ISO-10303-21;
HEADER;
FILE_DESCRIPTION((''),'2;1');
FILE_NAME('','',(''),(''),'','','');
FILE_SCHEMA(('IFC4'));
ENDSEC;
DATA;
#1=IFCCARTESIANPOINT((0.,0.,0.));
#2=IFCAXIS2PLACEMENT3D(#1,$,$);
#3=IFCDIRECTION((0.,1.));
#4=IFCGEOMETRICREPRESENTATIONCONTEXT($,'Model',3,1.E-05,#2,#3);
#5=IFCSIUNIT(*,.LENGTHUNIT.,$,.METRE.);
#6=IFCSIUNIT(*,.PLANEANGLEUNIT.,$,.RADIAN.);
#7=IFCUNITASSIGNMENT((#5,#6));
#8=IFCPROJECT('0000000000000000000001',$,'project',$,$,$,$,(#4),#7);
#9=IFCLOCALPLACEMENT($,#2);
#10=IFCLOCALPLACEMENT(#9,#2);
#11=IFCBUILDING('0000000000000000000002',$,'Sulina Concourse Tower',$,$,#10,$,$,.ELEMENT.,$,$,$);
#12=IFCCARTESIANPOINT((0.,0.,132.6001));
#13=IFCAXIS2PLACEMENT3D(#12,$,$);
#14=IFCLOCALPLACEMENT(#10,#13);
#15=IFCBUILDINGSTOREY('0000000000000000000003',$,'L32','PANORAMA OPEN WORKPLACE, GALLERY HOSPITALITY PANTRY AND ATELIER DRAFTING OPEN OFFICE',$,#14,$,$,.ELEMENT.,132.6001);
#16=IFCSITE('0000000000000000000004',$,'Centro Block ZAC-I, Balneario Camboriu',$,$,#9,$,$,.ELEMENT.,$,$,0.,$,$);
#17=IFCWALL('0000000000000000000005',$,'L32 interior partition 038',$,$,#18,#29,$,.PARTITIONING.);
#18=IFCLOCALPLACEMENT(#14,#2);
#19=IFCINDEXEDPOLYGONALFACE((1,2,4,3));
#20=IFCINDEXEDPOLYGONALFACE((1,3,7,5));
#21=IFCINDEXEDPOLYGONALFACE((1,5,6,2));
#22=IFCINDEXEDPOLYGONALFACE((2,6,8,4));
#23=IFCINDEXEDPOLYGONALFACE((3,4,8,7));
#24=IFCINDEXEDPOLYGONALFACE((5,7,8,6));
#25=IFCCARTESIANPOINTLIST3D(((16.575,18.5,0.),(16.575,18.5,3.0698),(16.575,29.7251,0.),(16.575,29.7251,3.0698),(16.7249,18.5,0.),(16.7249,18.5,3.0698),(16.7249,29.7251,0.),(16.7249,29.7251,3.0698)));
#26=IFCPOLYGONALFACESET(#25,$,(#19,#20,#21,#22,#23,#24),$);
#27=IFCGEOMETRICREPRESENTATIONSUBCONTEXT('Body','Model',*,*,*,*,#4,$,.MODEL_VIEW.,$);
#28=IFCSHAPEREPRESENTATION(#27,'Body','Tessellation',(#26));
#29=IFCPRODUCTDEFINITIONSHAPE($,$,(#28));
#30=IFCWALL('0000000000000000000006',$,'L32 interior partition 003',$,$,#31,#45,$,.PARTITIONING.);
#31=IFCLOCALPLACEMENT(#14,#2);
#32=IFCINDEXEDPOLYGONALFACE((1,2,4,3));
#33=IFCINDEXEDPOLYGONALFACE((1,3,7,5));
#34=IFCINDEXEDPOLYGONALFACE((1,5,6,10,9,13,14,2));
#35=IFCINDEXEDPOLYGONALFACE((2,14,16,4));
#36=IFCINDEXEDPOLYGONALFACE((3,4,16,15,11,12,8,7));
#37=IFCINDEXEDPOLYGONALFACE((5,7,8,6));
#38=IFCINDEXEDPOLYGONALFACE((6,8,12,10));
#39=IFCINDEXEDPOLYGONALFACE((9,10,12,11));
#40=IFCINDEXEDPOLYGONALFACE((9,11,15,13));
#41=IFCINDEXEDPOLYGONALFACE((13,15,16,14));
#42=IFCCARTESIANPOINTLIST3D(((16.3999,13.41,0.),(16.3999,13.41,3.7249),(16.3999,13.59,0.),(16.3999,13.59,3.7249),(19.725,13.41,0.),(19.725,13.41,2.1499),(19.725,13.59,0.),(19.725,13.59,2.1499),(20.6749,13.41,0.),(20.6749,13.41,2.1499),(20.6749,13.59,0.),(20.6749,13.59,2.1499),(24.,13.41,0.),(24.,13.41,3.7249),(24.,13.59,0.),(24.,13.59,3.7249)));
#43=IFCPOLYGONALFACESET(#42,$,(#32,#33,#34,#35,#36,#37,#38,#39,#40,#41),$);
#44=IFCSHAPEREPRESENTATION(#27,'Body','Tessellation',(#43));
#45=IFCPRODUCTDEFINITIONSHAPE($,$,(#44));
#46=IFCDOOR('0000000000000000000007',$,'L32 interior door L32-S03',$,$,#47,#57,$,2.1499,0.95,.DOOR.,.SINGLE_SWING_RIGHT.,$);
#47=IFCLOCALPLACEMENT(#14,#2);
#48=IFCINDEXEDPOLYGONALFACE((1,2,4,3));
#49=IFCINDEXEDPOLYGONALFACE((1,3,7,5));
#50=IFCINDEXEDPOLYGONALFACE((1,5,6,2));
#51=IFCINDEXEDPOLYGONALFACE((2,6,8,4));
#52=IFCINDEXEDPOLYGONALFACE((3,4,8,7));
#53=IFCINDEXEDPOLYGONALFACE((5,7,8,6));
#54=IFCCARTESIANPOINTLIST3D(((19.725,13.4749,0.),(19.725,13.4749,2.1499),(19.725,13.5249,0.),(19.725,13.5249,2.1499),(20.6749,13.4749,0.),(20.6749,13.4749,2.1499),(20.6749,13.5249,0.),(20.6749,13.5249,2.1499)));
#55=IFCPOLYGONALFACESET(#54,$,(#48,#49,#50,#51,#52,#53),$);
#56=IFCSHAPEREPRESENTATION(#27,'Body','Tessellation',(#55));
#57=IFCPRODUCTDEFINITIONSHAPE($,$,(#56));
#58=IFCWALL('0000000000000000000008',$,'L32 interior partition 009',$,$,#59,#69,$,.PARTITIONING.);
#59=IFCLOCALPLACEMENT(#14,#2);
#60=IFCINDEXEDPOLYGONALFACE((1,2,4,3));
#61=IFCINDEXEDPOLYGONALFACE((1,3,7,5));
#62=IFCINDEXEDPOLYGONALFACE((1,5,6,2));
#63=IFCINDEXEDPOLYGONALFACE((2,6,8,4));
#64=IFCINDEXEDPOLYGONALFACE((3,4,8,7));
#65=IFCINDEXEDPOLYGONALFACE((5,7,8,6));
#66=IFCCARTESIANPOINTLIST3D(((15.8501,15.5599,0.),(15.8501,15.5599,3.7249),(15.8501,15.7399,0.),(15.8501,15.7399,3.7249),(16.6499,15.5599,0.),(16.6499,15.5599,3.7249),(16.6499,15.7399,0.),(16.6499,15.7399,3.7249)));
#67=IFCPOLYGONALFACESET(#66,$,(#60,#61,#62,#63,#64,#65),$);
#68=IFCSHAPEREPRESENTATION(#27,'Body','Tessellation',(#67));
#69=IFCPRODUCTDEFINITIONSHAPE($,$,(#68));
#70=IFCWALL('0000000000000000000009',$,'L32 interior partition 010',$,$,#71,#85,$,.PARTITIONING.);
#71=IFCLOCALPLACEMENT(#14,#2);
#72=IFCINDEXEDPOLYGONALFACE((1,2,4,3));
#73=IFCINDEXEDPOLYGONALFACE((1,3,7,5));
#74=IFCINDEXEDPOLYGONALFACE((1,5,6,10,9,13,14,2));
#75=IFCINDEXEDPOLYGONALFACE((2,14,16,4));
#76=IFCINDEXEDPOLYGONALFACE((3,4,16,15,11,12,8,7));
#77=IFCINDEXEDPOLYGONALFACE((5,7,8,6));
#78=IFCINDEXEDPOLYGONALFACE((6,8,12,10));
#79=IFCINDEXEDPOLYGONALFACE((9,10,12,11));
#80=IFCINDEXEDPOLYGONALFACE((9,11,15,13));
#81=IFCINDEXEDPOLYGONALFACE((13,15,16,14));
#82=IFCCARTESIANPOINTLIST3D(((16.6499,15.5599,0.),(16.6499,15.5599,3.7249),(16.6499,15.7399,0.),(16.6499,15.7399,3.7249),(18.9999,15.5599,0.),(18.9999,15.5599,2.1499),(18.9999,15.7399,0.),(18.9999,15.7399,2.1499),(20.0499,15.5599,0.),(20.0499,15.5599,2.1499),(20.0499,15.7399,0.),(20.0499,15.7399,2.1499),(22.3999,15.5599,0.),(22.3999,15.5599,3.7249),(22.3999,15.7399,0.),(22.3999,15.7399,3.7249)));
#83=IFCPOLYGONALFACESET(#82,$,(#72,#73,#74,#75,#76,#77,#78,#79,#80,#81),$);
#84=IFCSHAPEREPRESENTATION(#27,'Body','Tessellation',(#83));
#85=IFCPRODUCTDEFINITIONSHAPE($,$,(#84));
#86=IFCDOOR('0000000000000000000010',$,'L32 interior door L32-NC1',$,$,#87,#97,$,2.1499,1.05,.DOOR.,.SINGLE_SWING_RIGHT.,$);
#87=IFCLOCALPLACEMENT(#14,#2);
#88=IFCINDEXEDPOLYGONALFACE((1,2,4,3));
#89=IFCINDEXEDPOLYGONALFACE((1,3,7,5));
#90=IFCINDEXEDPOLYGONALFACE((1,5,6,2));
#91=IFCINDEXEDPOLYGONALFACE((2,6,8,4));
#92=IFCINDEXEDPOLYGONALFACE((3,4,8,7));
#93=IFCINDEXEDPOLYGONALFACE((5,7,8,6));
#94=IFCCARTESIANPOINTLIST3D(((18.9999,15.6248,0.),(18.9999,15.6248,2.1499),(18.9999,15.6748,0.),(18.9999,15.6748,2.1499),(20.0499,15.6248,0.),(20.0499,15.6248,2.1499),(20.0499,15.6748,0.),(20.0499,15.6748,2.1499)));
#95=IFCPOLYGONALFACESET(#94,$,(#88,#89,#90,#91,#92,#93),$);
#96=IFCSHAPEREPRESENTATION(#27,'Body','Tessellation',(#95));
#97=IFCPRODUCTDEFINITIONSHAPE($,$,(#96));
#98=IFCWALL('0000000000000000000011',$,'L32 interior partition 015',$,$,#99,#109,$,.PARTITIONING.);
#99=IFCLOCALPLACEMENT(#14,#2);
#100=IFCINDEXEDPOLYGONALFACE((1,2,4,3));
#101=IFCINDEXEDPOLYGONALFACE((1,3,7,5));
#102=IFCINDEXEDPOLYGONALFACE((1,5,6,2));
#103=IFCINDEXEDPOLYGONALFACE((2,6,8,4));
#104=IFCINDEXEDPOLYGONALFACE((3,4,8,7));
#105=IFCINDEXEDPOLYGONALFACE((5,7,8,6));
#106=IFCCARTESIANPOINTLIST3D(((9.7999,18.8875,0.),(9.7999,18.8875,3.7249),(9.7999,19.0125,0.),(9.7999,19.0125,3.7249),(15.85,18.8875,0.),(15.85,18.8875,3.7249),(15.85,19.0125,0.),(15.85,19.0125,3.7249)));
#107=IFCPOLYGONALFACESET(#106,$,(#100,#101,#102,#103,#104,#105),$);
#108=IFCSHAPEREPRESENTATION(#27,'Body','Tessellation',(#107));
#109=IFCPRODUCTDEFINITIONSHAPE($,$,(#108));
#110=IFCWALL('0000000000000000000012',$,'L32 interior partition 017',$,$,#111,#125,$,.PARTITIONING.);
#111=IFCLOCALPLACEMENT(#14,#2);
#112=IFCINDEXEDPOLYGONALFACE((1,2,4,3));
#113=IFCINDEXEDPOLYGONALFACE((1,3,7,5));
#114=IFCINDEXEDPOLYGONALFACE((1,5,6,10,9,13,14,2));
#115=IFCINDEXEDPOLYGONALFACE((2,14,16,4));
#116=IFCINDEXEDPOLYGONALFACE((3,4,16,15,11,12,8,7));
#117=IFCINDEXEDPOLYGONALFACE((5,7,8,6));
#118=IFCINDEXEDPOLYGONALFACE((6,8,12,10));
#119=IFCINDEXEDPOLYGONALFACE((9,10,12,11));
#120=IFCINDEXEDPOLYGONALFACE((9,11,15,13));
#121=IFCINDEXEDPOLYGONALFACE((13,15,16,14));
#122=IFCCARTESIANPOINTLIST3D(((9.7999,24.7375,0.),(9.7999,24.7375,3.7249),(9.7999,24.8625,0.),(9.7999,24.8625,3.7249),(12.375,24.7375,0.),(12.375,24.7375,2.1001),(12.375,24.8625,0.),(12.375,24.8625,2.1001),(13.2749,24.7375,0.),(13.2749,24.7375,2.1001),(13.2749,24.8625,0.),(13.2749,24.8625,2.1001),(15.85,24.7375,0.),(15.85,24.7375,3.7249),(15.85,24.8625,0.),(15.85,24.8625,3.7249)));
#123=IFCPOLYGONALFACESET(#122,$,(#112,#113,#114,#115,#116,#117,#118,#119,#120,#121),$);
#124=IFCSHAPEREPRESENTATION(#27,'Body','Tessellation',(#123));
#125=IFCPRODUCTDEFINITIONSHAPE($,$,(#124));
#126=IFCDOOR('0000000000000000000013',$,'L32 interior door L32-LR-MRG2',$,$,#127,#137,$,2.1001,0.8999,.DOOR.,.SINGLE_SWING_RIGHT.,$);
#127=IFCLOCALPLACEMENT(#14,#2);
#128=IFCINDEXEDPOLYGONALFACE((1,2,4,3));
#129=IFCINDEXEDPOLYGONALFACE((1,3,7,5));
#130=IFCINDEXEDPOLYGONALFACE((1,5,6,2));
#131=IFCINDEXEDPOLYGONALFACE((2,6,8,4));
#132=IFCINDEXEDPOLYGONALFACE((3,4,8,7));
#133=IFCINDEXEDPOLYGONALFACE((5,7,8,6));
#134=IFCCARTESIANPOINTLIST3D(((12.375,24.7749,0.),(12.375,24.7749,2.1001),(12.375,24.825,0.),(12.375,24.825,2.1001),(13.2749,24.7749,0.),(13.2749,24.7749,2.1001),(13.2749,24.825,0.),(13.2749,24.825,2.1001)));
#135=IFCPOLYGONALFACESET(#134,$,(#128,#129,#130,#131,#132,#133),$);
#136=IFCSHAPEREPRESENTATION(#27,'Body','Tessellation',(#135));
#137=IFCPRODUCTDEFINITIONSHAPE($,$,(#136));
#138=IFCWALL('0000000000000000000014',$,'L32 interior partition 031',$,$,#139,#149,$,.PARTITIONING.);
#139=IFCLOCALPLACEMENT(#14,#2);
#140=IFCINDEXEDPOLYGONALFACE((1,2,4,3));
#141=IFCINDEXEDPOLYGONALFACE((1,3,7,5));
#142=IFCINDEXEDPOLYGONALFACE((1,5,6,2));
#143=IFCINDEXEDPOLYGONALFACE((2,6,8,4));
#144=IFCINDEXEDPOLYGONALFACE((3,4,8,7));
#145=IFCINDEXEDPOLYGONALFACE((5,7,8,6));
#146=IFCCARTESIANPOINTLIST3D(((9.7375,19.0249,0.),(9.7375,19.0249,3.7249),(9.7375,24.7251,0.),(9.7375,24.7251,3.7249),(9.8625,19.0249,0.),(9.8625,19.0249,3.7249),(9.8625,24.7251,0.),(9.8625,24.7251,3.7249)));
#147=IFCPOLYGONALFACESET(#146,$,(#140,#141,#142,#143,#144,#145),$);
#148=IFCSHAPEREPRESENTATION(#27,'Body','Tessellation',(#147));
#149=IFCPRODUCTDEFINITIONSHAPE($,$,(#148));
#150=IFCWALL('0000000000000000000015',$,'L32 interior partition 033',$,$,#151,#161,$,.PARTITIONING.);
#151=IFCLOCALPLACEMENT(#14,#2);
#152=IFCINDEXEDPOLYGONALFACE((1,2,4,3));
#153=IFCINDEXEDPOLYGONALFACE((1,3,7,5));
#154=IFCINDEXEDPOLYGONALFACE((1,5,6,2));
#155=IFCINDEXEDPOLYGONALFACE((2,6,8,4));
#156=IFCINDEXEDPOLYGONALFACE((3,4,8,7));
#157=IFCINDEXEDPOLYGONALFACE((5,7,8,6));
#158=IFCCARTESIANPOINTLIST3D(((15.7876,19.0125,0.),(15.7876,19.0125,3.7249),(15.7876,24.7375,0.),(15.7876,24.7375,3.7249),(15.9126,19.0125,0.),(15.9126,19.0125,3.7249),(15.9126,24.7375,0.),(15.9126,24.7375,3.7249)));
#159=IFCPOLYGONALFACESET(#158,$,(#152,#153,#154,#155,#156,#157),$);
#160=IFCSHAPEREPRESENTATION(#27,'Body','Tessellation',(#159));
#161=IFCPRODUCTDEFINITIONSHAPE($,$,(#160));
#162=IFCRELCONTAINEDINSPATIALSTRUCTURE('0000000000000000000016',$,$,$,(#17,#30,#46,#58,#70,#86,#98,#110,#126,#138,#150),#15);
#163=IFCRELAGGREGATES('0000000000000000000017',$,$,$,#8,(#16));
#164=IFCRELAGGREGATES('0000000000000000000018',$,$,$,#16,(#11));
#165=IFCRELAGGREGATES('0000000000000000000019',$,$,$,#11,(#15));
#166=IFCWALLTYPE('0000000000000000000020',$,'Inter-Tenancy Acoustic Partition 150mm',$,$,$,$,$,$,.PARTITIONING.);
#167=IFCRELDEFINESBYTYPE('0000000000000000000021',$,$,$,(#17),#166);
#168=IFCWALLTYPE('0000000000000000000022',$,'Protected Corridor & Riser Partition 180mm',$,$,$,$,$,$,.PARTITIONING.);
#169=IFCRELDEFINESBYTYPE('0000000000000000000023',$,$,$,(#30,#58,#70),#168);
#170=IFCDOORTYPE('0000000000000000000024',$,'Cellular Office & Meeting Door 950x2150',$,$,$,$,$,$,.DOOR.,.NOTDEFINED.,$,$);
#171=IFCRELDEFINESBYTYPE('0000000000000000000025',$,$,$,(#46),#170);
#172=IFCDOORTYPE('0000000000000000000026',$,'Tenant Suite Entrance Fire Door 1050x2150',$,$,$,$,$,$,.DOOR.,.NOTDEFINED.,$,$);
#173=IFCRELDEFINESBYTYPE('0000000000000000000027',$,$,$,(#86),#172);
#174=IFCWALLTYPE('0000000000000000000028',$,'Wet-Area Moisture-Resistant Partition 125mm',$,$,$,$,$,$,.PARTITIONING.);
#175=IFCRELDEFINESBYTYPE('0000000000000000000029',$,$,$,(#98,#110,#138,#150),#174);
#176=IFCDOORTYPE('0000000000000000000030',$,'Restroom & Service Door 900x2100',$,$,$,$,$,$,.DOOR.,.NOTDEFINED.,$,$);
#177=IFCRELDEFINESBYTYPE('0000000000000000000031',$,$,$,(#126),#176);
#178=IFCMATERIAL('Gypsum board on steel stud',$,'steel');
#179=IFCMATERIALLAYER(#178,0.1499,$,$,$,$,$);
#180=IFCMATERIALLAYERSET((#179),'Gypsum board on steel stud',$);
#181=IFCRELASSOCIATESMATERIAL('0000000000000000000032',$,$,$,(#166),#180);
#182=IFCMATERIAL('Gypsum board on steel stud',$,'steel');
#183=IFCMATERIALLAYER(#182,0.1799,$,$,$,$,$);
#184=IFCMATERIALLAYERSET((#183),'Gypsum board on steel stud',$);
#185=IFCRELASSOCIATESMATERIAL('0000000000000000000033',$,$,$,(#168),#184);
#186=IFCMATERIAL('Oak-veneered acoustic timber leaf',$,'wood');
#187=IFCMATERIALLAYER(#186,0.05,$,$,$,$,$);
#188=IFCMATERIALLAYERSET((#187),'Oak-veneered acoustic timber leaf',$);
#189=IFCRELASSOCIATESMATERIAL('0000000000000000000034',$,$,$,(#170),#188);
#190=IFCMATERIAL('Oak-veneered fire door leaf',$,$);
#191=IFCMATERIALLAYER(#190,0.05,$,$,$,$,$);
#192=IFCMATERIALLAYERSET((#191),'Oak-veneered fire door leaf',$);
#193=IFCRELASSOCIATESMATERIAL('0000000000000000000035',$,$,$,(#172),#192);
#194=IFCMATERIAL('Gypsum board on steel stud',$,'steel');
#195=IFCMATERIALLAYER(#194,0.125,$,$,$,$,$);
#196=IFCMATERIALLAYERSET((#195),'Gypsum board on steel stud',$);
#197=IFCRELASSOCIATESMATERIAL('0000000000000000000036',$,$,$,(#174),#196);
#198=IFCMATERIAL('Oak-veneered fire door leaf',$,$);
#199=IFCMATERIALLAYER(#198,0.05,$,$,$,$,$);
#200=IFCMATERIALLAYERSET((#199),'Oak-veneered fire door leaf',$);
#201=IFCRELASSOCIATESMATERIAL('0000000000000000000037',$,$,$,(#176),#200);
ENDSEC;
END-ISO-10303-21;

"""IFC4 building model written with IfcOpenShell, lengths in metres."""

from ifc_helpers import new_model, si_unit, direction, frame, frame_2d, origin, place, context, subcontext, project, spatial, rectangle, extrude, material, layer, layer_set, type_object, element, fill, save


model = new_model("IFC4")

# Units and contexts
model_context = context("Model", 3, precision=1e-05, world=origin(), true_north=direction((0.0, 1.0)))
body_context = subcontext(model_context, "Body", "Model", "MODEL_VIEW")
ifc_project = project(units=[si_unit("LENGTHUNIT", "METRE"), si_unit("PLANEANGLEUNIT", "RADIAN")], contexts=[model_context])

# Site, building, storey
site_placement = place(None, origin())
site = spatial("IfcSite", under=ifc_project, at=site_placement, Name="Centro Block ZAC-I, Balneario Camboriu", CompositionType="ELEMENT", RefElevation=0.0)
building_placement = place(site_placement, origin())
building = spatial("IfcBuilding", under=site, at=building_placement, Name="Sulina Concourse Tower", CompositionType="ELEMENT")
storey_placement = place(building_placement, frame((0.0, 0.0, 132.6001)))
storey = spatial("IfcBuildingStorey", under=building, at=storey_placement, Name="L32", Description="PANORAMA OPEN WORKPLACE, GALLERY HOSPITALITY PANTRY AND ATELIER DRAFTING OPEN OFFICE", CompositionType="ELEMENT", Elevation=132.6001)

# Wall
ifc_material_1 = material(Name="Gypsum board on steel stud", Category="steel")
ifc_layer_1 = layer(ifc_material_1, 0.1499)
ifc_layer_set_1 = layer_set([ifc_layer_1], Name="Gypsum board on steel stud")
wall_type_1 = type_object("IfcWallType", Name="Inter-Tenancy Acoustic Partition 150mm", PredefinedType="PARTITIONING", material=ifc_layer_set_1)
wall_1_placement = place(storey_placement, frame((16.6499, 18.5, 0.0), z_axis=(0.0, 0.0, 1.0), x_axis=(0.0, 1.0, 0.0)))
element("IfcWall", 1, at=wall_1_placement, inside=storey, type_object=wall_type_1, Name="L32 interior partition 038", PredefinedType="PARTITIONING", context=body_context, shape_type="SweptSolid", body=[
    extrude(rectangle(XDim=11.2251, YDim=0.1499, at=frame_2d((5.6125, 0.0))), origin(), (0.0, 0.0, 1.0), 3.0698),
])

# Wall, opening, door
ifc_material_2 = material(Name="Gypsum board on steel stud", Category="steel")
ifc_layer_2 = layer(ifc_material_2, 0.1799)
ifc_layer_set_2 = layer_set([ifc_layer_2], Name="Gypsum board on steel stud")
wall_type_2 = type_object("IfcWallType", Name="Protected Corridor & Riser Partition 180mm", PredefinedType="PARTITIONING", material=ifc_layer_set_2)
wall_2_placement = place(storey_placement, frame((16.3999, 13.5, 0.0), z_axis=(0.0, 0.0, 1.0), x_axis=(1.0, 0.0, 0.0)))
wall_2 = element("IfcWall", 2, at=wall_2_placement, inside=storey, type_object=wall_type_2, Name="L32 interior partition 003", PredefinedType="PARTITIONING", context=body_context, shape_type="SweptSolid", body=[
    extrude(rectangle(XDim=7.6001, YDim=0.1799, at=frame_2d((3.8, 0.0))), origin(), (0.0, 0.0, 1.0), 3.7249),
])
opening_1_placement = place(wall_2_placement, frame((3.325, 0.0, 0.0)))
opening_1 = element("IfcOpeningElement", 3, at=opening_1_placement, cuts=wall_2, PredefinedType="OPENING", context=body_context, shape_type="SweptSolid", body=[
    extrude(rectangle(XDim=0.95, YDim=2.1499, at=frame_2d((0.4751, 1.075))), frame((0.0, 0.0999, 0.0), z_axis=(0.0, -1.0, 0.0), x_axis=(1.0, 0.0, 0.0)), (0.0, 0.0, 1.0), 0.2),
])
ifc_material_3 = material(Name="Oak-veneered acoustic timber leaf", Category="wood")
ifc_layer_3 = layer(ifc_material_3, 0.05)
ifc_layer_set_3 = layer_set([ifc_layer_3], Name="Oak-veneered acoustic timber leaf")
door_type_1 = type_object("IfcDoorType", Name="Cellular Office & Meeting Door 950x2150", OperationType="NOTDEFINED", PredefinedType="DOOR", material=ifc_layer_set_3)
door_1_placement = place(opening_1_placement, origin())
door_1 = element("IfcDoor", 4, at=door_1_placement, inside=storey, type_object=door_type_1, Name="L32 interior door L32-S03", OperationType="SINGLE_SWING_RIGHT", OverallHeight=2.1499, OverallWidth=0.95, PredefinedType="DOOR", context=body_context, shape_type="SweptSolid", body=[
    extrude(rectangle(XDim=0.95, YDim=2.1499, at=frame_2d((0.4751, 1.075))), frame((0.0, 0.0249, 0.0), z_axis=(0.0, -1.0, 0.0), x_axis=(1.0, 0.0, 0.0)), (0.0, 0.0, 1.0), 0.05),
])
fill(opening_1, door_1)

# Wall
wall_3_placement = place(storey_placement, frame((15.8501, 15.6499, 0.0), z_axis=(0.0, 0.0, 1.0), x_axis=(1.0, 0.0, 0.0)))
element("IfcWall", 5, at=wall_3_placement, inside=storey, type_object=wall_type_2, Name="L32 interior partition 009", PredefinedType="PARTITIONING", context=body_context, shape_type="SweptSolid", body=[
    extrude(rectangle(XDim=0.7998, YDim=0.1799, at=frame_2d((0.3999, 0.0))), origin(), (0.0, 0.0, 1.0), 3.7249),
])

# Wall, opening, door
wall_4_placement = place(storey_placement, frame((16.6499, 15.6499, 0.0), z_axis=(0.0, 0.0, 1.0), x_axis=(1.0, 0.0, 0.0)))
wall_4 = element("IfcWall", 6, at=wall_4_placement, inside=storey, type_object=wall_type_2, Name="L32 interior partition 010", PredefinedType="PARTITIONING", context=body_context, shape_type="SweptSolid", body=[
    extrude(rectangle(XDim=5.75, YDim=0.1799, at=frame_2d((2.875, 0.0))), origin(), (0.0, 0.0, 1.0), 3.7249),
])
opening_2_placement = place(wall_4_placement, frame((2.3501, 0.0, 0.0)))
opening_2 = element("IfcOpeningElement", 7, at=opening_2_placement, cuts=wall_4, PredefinedType="OPENING", context=body_context, shape_type="SweptSolid", body=[
    extrude(rectangle(XDim=1.05, YDim=2.1499, at=frame_2d((0.5249, 1.075))), frame((0.0, 0.0999, 0.0), z_axis=(0.0, -1.0, 0.0), x_axis=(1.0, 0.0, 0.0)), (0.0, 0.0, 1.0), 0.2),
])
ifc_material_4 = material(Name="Oak-veneered fire door leaf")
ifc_layer_4 = layer(ifc_material_4, 0.05)
ifc_layer_set_4 = layer_set([ifc_layer_4], Name="Oak-veneered fire door leaf")
door_type_2 = type_object("IfcDoorType", Name="Tenant Suite Entrance Fire Door 1050x2150", OperationType="NOTDEFINED", PredefinedType="DOOR", material=ifc_layer_set_4)
door_2_placement = place(opening_2_placement, origin())
door_2 = element("IfcDoor", 8, at=door_2_placement, inside=storey, type_object=door_type_2, Name="L32 interior door L32-NC1", OperationType="SINGLE_SWING_RIGHT", OverallHeight=2.1499, OverallWidth=1.05, PredefinedType="DOOR", context=body_context, shape_type="SweptSolid", body=[
    extrude(rectangle(XDim=1.05, YDim=2.1499, at=frame_2d((0.5249, 1.075))), frame((0.0, 0.0249, 0.0), z_axis=(0.0, -1.0, 0.0), x_axis=(1.0, 0.0, 0.0)), (0.0, 0.0, 1.0), 0.05),
])
fill(opening_2, door_2)

# Wall
ifc_material_5 = material(Name="Gypsum board on steel stud", Category="steel")
ifc_layer_5 = layer(ifc_material_5, 0.125)
ifc_layer_set_5 = layer_set([ifc_layer_5], Name="Gypsum board on steel stud")
wall_type_3 = type_object("IfcWallType", Name="Wet-Area Moisture-Resistant Partition 125mm", PredefinedType="PARTITIONING", material=ifc_layer_set_5)
wall_5_placement = place(storey_placement, frame((9.8, 18.95, 0.0), z_axis=(0.0, 0.0, 1.0), x_axis=(1.0, 0.0, 0.0)))
element("IfcWall", 9, at=wall_5_placement, inside=storey, type_object=wall_type_3, Name="L32 interior partition 015", PredefinedType="PARTITIONING", context=body_context, shape_type="SweptSolid", body=[
    extrude(rectangle(XDim=6.05, YDim=0.125, at=frame_2d((3.0249, 0.0))), origin(), (0.0, 0.0, 1.0), 3.7249),
])

# Wall, opening, door
wall_6_placement = place(storey_placement, frame((9.8, 24.8, 0.0), z_axis=(0.0, 0.0, 1.0), x_axis=(1.0, 0.0, 0.0)))
wall_6 = element("IfcWall", 10, at=wall_6_placement, inside=storey, type_object=wall_type_3, Name="L32 interior partition 017", PredefinedType="PARTITIONING", context=body_context, shape_type="SweptSolid", body=[
    extrude(rectangle(XDim=6.05, YDim=0.125, at=frame_2d((3.0249, 0.0))), origin(), (0.0, 0.0, 1.0), 3.7249),
])
opening_3_placement = place(wall_6_placement, frame((2.575, 0.0, 0.0)))
opening_3 = element("IfcOpeningElement", 11, at=opening_3_placement, cuts=wall_6, PredefinedType="OPENING", context=body_context, shape_type="SweptSolid", body=[
    extrude(rectangle(XDim=0.8999, YDim=2.1001, at=frame_2d((0.45, 1.05))), frame((0.0, 0.0725, 0.0), z_axis=(0.0, -1.0, 0.0), x_axis=(1.0, 0.0, 0.0)), (0.0, 0.0, 1.0), 0.145),
])
ifc_material_6 = material(Name="Oak-veneered fire door leaf")
ifc_layer_6 = layer(ifc_material_6, 0.05)
ifc_layer_set_6 = layer_set([ifc_layer_6], Name="Oak-veneered fire door leaf")
door_type_3 = type_object("IfcDoorType", Name="Restroom & Service Door 900x2100", OperationType="NOTDEFINED", PredefinedType="DOOR", material=ifc_layer_set_6)
door_3_placement = place(opening_3_placement, origin())
door_3 = element("IfcDoor", 12, at=door_3_placement, inside=storey, type_object=door_type_3, Name="L32 interior door L32-LR-MRG2", OperationType="SINGLE_SWING_RIGHT", OverallHeight=2.1001, OverallWidth=0.8999, PredefinedType="DOOR", context=body_context, shape_type="SweptSolid", body=[
    extrude(rectangle(XDim=0.8999, YDim=2.1001, at=frame_2d((0.45, 1.05))), frame((0.0, 0.0249, 0.0), z_axis=(0.0, -1.0, 0.0), x_axis=(1.0, 0.0, 0.0)), (0.0, 0.0, 1.0), 0.05),
])
fill(opening_3, door_3)

# Walls
wall_7_placement = place(storey_placement, frame((9.8, 19.0249, 0.0), z_axis=(0.0, 0.0, 1.0), x_axis=(0.0, 1.0, 0.0)))
element("IfcWall", 13, at=wall_7_placement, inside=storey, type_object=wall_type_3, Name="L32 interior partition 031", PredefinedType="PARTITIONING", context=body_context, shape_type="SweptSolid", body=[
    extrude(rectangle(XDim=5.7002, YDim=0.125, at=frame_2d((2.8501, 0.0))), origin(), (0.0, 0.0, 1.0), 3.7249),
])
wall_8_placement = place(storey_placement, frame((15.8501, 19.0125, 0.0), z_axis=(0.0, 0.0, 1.0), x_axis=(0.0, 1.0, 0.0)))
element("IfcWall", 14, at=wall_8_placement, inside=storey, type_object=wall_type_3, Name="L32 interior partition 033", PredefinedType="PARTITIONING", context=body_context, shape_type="SweptSolid", body=[
    extrude(rectangle(XDim=5.7251, YDim=0.125, at=frame_2d((2.8625, 0.0))), origin(), (0.0, 0.0, 1.0), 3.7249),
])

save(model, "model.ifc")
